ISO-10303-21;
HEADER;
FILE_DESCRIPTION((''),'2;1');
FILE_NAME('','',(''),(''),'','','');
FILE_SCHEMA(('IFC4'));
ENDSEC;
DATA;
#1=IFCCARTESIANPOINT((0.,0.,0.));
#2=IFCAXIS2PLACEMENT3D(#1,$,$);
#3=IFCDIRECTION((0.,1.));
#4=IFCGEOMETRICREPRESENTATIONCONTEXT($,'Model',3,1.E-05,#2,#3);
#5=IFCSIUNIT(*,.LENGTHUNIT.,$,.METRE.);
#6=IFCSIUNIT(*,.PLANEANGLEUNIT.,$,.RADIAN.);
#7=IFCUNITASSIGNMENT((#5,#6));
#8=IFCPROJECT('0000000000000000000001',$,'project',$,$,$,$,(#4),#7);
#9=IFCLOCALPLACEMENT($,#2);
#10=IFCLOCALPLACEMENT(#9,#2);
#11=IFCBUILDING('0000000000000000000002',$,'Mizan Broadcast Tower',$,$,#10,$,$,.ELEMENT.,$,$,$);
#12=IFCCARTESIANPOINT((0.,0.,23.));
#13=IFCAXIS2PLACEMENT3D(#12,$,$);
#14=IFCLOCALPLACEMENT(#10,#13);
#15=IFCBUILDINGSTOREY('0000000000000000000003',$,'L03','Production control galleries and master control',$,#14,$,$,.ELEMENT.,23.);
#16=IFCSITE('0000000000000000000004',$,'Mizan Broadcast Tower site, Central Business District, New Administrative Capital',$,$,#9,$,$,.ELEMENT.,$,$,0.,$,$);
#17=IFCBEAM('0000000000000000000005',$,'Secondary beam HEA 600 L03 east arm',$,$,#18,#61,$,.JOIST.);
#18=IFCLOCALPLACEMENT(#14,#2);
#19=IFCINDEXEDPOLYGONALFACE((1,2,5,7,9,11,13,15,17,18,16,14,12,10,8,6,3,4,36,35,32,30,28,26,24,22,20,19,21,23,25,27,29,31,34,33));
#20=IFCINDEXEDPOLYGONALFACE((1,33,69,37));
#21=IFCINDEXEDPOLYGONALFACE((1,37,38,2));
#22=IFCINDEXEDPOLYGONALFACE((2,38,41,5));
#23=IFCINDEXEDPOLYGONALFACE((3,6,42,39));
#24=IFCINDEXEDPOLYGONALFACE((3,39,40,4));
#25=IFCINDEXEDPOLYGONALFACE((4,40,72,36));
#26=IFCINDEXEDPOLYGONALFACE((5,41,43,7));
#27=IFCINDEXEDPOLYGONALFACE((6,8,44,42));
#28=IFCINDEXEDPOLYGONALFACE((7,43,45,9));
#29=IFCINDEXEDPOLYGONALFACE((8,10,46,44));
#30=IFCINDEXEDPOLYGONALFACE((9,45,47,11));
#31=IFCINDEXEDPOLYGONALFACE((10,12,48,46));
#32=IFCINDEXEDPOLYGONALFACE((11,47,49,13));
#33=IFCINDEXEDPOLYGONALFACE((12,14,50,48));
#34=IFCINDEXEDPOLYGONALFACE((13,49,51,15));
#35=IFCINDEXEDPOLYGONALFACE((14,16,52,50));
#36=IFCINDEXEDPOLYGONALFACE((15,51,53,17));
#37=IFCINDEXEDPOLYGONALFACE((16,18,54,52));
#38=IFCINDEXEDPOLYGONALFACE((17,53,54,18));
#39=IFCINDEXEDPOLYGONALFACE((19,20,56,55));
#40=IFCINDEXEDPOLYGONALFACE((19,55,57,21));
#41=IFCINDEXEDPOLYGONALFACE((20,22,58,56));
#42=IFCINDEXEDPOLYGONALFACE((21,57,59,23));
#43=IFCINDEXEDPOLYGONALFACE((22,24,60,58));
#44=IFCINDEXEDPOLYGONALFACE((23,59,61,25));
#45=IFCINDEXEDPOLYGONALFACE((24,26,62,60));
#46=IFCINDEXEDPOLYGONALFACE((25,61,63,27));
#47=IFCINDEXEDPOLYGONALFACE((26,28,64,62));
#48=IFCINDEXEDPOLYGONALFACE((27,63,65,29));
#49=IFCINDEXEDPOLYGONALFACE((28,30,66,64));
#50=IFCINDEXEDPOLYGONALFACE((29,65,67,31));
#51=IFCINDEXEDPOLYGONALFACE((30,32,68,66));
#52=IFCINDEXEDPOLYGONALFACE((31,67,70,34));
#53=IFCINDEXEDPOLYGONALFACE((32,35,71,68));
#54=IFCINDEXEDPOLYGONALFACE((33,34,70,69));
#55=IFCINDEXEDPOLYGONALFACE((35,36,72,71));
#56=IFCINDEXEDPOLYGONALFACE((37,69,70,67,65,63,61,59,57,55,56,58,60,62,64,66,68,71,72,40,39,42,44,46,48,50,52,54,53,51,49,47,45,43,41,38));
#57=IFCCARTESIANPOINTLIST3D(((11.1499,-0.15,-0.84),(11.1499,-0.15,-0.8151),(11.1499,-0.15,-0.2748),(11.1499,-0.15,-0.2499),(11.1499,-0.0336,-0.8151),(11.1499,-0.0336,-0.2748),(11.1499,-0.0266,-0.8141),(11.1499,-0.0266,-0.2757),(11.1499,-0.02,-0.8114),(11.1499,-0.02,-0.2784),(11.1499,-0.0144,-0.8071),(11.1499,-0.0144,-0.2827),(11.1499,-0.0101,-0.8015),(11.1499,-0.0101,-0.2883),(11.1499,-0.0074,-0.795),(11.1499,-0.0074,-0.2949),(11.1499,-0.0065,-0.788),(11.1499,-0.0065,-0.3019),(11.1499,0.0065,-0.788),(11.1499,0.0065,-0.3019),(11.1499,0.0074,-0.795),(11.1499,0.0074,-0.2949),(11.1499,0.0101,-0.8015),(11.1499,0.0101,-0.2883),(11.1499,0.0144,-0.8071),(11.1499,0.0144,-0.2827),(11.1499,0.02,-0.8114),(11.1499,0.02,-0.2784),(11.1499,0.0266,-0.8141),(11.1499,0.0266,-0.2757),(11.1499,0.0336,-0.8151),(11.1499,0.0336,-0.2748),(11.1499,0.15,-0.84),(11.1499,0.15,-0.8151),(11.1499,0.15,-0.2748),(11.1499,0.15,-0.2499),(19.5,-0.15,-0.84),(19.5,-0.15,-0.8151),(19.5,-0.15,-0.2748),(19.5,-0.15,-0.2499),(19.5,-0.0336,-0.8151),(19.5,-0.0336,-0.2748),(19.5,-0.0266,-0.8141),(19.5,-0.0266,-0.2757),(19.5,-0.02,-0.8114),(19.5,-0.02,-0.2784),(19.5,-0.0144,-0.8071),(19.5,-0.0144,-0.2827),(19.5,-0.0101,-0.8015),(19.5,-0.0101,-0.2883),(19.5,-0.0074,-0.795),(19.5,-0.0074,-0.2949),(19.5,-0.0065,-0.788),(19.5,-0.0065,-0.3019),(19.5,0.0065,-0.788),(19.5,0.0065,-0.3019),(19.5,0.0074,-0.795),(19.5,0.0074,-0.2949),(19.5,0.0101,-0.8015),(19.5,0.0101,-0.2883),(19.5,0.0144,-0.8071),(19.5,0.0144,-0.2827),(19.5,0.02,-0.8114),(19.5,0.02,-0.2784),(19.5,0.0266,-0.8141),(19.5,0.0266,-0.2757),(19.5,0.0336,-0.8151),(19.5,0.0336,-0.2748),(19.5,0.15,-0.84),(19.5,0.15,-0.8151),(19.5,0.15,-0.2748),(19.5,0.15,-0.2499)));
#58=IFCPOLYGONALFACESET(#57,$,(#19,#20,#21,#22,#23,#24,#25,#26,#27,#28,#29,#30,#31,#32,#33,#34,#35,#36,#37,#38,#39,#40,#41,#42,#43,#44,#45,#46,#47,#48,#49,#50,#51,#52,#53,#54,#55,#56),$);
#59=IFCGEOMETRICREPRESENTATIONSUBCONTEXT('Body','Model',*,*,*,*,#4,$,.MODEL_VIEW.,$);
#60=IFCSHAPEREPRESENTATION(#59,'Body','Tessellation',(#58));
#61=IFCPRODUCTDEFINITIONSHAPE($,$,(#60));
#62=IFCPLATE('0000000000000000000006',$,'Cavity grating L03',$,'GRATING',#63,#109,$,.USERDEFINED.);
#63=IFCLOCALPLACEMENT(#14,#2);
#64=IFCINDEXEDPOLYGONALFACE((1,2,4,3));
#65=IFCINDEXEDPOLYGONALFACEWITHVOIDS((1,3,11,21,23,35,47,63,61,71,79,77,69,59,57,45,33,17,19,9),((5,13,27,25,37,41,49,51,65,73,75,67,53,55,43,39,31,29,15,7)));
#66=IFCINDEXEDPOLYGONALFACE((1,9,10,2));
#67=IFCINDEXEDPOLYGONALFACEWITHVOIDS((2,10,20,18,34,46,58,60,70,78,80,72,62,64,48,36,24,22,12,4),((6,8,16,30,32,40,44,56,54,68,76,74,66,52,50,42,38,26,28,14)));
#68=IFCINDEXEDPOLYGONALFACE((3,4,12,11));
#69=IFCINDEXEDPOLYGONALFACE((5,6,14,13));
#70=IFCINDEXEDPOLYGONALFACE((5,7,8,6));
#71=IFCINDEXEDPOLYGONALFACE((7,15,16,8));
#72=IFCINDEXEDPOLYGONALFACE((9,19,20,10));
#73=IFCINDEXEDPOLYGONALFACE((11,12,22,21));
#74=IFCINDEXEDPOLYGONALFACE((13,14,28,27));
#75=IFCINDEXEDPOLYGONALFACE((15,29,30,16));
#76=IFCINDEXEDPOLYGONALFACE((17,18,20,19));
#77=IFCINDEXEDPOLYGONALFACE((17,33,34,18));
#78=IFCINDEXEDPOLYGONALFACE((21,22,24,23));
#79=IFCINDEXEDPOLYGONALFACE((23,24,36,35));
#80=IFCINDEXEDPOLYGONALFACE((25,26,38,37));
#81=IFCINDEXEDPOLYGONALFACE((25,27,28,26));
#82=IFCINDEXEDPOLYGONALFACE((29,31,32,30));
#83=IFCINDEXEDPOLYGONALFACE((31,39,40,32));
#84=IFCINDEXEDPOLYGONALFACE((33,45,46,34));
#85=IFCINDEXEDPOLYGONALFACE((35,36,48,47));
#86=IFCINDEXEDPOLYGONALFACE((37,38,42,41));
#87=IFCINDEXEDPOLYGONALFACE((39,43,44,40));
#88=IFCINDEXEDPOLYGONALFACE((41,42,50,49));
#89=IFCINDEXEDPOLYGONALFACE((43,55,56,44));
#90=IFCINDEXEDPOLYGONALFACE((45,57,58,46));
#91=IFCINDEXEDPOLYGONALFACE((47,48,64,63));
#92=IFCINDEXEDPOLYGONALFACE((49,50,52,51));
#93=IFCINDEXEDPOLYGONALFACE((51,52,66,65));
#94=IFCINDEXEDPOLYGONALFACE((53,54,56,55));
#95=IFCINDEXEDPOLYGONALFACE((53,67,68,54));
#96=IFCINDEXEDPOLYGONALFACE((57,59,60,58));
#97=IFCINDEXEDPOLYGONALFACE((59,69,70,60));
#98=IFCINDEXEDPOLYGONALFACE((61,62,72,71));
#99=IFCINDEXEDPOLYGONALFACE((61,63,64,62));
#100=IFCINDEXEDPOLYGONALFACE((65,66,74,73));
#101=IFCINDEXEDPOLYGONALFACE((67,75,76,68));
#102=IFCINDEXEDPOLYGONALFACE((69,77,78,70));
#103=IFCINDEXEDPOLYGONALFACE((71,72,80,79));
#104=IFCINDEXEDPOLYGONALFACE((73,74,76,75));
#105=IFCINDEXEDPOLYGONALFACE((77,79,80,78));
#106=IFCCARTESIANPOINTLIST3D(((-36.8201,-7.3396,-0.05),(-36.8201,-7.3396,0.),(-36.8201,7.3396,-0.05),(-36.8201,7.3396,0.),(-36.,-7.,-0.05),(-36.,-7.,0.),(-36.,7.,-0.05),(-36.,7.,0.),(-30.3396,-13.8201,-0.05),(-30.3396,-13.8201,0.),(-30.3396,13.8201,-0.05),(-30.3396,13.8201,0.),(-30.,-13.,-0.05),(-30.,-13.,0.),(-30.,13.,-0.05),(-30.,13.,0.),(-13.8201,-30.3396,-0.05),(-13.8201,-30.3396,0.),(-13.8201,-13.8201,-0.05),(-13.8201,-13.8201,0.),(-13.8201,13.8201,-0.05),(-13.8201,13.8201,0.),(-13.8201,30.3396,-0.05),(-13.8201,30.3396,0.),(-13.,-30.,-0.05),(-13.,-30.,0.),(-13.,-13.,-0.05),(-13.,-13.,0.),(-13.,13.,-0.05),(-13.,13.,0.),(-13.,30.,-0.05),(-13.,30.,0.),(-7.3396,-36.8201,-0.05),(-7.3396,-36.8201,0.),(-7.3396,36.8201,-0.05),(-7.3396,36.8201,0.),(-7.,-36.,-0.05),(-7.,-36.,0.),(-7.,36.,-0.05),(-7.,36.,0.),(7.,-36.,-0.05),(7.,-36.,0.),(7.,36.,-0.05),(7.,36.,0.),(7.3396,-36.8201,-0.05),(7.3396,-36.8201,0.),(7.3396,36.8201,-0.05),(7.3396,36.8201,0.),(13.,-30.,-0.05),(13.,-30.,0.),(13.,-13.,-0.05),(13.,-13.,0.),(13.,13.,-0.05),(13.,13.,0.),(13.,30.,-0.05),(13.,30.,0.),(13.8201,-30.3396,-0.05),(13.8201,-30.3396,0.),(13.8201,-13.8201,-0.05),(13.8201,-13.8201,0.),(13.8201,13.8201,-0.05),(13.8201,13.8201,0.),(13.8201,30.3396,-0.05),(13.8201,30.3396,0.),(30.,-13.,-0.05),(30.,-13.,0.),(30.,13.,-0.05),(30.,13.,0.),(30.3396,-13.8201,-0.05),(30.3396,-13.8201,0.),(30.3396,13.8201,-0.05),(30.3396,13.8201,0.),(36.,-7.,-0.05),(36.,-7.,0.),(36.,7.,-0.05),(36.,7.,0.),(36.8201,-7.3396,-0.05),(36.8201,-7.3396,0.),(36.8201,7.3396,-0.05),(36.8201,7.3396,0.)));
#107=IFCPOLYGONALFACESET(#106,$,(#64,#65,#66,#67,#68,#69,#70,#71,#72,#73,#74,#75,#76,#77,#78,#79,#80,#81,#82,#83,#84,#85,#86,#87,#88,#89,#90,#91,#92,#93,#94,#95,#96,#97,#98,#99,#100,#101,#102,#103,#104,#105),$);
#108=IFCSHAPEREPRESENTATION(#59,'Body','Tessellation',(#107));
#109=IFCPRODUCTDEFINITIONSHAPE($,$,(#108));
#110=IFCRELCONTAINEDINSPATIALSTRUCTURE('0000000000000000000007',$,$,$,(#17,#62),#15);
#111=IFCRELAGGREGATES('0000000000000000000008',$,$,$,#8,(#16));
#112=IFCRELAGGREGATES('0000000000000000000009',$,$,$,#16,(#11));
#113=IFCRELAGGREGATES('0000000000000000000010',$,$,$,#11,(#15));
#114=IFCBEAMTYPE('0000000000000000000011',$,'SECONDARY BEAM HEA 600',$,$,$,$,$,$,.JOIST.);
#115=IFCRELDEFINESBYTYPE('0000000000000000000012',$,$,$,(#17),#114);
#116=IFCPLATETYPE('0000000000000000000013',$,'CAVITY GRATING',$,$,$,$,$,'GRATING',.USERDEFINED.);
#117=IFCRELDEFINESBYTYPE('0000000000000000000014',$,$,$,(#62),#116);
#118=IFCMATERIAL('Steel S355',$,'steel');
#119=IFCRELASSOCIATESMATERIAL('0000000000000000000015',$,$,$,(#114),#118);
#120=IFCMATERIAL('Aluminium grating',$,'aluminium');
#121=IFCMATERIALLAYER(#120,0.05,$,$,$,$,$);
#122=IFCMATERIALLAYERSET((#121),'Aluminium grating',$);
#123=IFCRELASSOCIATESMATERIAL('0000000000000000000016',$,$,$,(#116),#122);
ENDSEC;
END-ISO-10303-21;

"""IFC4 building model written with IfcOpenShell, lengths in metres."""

from ifc_helpers import new_model, si_unit, direction, frame, origin, origin_2d, place, context, subcontext, project, spatial, polyline, i_section, outline, extrude, material, layer, layer_set, material_profile, profile_set, type_object, element, save


model = new_model("IFC4")

# Units and contexts
model_context = context("Model", 3, precision=1e-05, world=origin(), true_north=direction((0.0, 1.0)))
body_context = subcontext(model_context, "Body", "Model", "MODEL_VIEW")
ifc_project = project(units=[si_unit("LENGTHUNIT", "METRE"), si_unit("PLANEANGLEUNIT", "RADIAN")], contexts=[model_context])

# Site, building, storey
site_placement = place(None, origin())
site = spatial("IfcSite", under=ifc_project, at=site_placement, Name="Mizan Broadcast Tower site, Central Business District, New Administrative Capital", CompositionType="ELEMENT", RefElevation=0.0)
building_placement = place(site_placement, origin())
building = spatial("IfcBuilding", under=site, at=building_placement, Name="Mizan Broadcast Tower", CompositionType="ELEMENT")
storey_placement = place(building_placement, frame((0.0, 0.0, 23.0)))
storey = spatial("IfcBuildingStorey", under=building, at=storey_placement, Name="L03", Description="Production control galleries and master control", CompositionType="ELEMENT", Elevation=23.0)

# Beam
ifc_material_1 = material(Name="Steel S355", Category="steel")
ifc_material_profile = material_profile(ifc_material_1, i_section(OverallWidth=0.3, OverallDepth=0.5901, WebThickness=0.0129, FlangeThickness=0.0249, FilletRadius=0.0271, at=origin_2d()), Name="HEA 600")
ifc_profile_set = profile_set([ifc_material_profile], Name="Steel S355")
beam_type = type_object("IfcBeamType", Name="SECONDARY BEAM HEA 600", PredefinedType="JOIST", material=ifc_profile_set)
beam_placement = place(storey_placement, frame((11.1499, 0.0, -0.5449), z_axis=(1.0, 0.0, 0.0), x_axis=(0.0, 1.0, 0.0)))
element("IfcBeam", 1, at=beam_placement, inside=storey, type_object=beam_type, Name="Secondary beam HEA 600 L03 east arm", PredefinedType="JOIST", context=body_context, shape_type="SweptSolid", body=[
    extrude(i_section(OverallWidth=0.3, OverallDepth=0.5901, WebThickness=0.0129, FlangeThickness=0.0249, FilletRadius=0.0271, at=origin_2d()), origin(), (0.0, 0.0, 1.0), 8.3501),
])

# Plate
ifc_material_2 = material(Name="Aluminium grating", Category="aluminium")
ifc_layer_1 = layer(ifc_material_2, 0.05)
ifc_layer_set_1 = layer_set([ifc_layer_1], Name="Aluminium grating")
plate_type = type_object("IfcPlateType", Name="CAVITY GRATING", ElementType="GRATING", PredefinedType="USERDEFINED", material=ifc_layer_set_1)
plate_placement = place(storey_placement, frame((0.0, 0.0, -0.05)))
element("IfcPlate", 2, at=plate_placement, inside=storey, type_object=plate_type, Name="Cavity grating L03", ObjectType="GRATING", PredefinedType="USERDEFINED", context=body_context, shape_type="SweptSolid", body=[
    extrude(outline(polyline([(7.3396, -36.8201), (13.8201, -30.3396), (13.8201, -13.8201), (30.3396, -13.8201), (36.8201, -7.3396), (36.8201, 7.3396), (30.3396, 13.8201), (13.8201, 13.8201), (13.8201, 30.3396), (7.3396, 36.8201), (-7.3396, 36.8201), (-13.8201, 30.3396), (-13.8201, 13.8201), (-30.3396, 13.8201), (-36.8201, 7.3396), (-36.8201, -7.3396), (-30.3396, -13.8201), (-13.8201, -13.8201), (-13.8201, -30.3396), (-7.3396, -36.8201), (7.3396, -36.8201)]), holes=[polyline([(36.0, -7.0), (30.0, -13.0), (13.0, -13.0), (13.0, -30.0), (7.0, -36.0), (-7.0, -36.0), (-13.0, -30.0), (-13.0, -13.0), (-30.0, -13.0), (-36.0, -7.0), (-36.0, 7.0), (-30.0, 13.0), (-13.0, 13.0), (-13.0, 30.0), (-7.0, 36.0), (7.0, 36.0), (13.0, 30.0), (13.0, 13.0), (30.0, 13.0), (36.0, 7.0), (36.0, -7.0)])]), origin(), (0.0, 0.0, 1.0), 0.05),
])

save(model, "model.ifc")
